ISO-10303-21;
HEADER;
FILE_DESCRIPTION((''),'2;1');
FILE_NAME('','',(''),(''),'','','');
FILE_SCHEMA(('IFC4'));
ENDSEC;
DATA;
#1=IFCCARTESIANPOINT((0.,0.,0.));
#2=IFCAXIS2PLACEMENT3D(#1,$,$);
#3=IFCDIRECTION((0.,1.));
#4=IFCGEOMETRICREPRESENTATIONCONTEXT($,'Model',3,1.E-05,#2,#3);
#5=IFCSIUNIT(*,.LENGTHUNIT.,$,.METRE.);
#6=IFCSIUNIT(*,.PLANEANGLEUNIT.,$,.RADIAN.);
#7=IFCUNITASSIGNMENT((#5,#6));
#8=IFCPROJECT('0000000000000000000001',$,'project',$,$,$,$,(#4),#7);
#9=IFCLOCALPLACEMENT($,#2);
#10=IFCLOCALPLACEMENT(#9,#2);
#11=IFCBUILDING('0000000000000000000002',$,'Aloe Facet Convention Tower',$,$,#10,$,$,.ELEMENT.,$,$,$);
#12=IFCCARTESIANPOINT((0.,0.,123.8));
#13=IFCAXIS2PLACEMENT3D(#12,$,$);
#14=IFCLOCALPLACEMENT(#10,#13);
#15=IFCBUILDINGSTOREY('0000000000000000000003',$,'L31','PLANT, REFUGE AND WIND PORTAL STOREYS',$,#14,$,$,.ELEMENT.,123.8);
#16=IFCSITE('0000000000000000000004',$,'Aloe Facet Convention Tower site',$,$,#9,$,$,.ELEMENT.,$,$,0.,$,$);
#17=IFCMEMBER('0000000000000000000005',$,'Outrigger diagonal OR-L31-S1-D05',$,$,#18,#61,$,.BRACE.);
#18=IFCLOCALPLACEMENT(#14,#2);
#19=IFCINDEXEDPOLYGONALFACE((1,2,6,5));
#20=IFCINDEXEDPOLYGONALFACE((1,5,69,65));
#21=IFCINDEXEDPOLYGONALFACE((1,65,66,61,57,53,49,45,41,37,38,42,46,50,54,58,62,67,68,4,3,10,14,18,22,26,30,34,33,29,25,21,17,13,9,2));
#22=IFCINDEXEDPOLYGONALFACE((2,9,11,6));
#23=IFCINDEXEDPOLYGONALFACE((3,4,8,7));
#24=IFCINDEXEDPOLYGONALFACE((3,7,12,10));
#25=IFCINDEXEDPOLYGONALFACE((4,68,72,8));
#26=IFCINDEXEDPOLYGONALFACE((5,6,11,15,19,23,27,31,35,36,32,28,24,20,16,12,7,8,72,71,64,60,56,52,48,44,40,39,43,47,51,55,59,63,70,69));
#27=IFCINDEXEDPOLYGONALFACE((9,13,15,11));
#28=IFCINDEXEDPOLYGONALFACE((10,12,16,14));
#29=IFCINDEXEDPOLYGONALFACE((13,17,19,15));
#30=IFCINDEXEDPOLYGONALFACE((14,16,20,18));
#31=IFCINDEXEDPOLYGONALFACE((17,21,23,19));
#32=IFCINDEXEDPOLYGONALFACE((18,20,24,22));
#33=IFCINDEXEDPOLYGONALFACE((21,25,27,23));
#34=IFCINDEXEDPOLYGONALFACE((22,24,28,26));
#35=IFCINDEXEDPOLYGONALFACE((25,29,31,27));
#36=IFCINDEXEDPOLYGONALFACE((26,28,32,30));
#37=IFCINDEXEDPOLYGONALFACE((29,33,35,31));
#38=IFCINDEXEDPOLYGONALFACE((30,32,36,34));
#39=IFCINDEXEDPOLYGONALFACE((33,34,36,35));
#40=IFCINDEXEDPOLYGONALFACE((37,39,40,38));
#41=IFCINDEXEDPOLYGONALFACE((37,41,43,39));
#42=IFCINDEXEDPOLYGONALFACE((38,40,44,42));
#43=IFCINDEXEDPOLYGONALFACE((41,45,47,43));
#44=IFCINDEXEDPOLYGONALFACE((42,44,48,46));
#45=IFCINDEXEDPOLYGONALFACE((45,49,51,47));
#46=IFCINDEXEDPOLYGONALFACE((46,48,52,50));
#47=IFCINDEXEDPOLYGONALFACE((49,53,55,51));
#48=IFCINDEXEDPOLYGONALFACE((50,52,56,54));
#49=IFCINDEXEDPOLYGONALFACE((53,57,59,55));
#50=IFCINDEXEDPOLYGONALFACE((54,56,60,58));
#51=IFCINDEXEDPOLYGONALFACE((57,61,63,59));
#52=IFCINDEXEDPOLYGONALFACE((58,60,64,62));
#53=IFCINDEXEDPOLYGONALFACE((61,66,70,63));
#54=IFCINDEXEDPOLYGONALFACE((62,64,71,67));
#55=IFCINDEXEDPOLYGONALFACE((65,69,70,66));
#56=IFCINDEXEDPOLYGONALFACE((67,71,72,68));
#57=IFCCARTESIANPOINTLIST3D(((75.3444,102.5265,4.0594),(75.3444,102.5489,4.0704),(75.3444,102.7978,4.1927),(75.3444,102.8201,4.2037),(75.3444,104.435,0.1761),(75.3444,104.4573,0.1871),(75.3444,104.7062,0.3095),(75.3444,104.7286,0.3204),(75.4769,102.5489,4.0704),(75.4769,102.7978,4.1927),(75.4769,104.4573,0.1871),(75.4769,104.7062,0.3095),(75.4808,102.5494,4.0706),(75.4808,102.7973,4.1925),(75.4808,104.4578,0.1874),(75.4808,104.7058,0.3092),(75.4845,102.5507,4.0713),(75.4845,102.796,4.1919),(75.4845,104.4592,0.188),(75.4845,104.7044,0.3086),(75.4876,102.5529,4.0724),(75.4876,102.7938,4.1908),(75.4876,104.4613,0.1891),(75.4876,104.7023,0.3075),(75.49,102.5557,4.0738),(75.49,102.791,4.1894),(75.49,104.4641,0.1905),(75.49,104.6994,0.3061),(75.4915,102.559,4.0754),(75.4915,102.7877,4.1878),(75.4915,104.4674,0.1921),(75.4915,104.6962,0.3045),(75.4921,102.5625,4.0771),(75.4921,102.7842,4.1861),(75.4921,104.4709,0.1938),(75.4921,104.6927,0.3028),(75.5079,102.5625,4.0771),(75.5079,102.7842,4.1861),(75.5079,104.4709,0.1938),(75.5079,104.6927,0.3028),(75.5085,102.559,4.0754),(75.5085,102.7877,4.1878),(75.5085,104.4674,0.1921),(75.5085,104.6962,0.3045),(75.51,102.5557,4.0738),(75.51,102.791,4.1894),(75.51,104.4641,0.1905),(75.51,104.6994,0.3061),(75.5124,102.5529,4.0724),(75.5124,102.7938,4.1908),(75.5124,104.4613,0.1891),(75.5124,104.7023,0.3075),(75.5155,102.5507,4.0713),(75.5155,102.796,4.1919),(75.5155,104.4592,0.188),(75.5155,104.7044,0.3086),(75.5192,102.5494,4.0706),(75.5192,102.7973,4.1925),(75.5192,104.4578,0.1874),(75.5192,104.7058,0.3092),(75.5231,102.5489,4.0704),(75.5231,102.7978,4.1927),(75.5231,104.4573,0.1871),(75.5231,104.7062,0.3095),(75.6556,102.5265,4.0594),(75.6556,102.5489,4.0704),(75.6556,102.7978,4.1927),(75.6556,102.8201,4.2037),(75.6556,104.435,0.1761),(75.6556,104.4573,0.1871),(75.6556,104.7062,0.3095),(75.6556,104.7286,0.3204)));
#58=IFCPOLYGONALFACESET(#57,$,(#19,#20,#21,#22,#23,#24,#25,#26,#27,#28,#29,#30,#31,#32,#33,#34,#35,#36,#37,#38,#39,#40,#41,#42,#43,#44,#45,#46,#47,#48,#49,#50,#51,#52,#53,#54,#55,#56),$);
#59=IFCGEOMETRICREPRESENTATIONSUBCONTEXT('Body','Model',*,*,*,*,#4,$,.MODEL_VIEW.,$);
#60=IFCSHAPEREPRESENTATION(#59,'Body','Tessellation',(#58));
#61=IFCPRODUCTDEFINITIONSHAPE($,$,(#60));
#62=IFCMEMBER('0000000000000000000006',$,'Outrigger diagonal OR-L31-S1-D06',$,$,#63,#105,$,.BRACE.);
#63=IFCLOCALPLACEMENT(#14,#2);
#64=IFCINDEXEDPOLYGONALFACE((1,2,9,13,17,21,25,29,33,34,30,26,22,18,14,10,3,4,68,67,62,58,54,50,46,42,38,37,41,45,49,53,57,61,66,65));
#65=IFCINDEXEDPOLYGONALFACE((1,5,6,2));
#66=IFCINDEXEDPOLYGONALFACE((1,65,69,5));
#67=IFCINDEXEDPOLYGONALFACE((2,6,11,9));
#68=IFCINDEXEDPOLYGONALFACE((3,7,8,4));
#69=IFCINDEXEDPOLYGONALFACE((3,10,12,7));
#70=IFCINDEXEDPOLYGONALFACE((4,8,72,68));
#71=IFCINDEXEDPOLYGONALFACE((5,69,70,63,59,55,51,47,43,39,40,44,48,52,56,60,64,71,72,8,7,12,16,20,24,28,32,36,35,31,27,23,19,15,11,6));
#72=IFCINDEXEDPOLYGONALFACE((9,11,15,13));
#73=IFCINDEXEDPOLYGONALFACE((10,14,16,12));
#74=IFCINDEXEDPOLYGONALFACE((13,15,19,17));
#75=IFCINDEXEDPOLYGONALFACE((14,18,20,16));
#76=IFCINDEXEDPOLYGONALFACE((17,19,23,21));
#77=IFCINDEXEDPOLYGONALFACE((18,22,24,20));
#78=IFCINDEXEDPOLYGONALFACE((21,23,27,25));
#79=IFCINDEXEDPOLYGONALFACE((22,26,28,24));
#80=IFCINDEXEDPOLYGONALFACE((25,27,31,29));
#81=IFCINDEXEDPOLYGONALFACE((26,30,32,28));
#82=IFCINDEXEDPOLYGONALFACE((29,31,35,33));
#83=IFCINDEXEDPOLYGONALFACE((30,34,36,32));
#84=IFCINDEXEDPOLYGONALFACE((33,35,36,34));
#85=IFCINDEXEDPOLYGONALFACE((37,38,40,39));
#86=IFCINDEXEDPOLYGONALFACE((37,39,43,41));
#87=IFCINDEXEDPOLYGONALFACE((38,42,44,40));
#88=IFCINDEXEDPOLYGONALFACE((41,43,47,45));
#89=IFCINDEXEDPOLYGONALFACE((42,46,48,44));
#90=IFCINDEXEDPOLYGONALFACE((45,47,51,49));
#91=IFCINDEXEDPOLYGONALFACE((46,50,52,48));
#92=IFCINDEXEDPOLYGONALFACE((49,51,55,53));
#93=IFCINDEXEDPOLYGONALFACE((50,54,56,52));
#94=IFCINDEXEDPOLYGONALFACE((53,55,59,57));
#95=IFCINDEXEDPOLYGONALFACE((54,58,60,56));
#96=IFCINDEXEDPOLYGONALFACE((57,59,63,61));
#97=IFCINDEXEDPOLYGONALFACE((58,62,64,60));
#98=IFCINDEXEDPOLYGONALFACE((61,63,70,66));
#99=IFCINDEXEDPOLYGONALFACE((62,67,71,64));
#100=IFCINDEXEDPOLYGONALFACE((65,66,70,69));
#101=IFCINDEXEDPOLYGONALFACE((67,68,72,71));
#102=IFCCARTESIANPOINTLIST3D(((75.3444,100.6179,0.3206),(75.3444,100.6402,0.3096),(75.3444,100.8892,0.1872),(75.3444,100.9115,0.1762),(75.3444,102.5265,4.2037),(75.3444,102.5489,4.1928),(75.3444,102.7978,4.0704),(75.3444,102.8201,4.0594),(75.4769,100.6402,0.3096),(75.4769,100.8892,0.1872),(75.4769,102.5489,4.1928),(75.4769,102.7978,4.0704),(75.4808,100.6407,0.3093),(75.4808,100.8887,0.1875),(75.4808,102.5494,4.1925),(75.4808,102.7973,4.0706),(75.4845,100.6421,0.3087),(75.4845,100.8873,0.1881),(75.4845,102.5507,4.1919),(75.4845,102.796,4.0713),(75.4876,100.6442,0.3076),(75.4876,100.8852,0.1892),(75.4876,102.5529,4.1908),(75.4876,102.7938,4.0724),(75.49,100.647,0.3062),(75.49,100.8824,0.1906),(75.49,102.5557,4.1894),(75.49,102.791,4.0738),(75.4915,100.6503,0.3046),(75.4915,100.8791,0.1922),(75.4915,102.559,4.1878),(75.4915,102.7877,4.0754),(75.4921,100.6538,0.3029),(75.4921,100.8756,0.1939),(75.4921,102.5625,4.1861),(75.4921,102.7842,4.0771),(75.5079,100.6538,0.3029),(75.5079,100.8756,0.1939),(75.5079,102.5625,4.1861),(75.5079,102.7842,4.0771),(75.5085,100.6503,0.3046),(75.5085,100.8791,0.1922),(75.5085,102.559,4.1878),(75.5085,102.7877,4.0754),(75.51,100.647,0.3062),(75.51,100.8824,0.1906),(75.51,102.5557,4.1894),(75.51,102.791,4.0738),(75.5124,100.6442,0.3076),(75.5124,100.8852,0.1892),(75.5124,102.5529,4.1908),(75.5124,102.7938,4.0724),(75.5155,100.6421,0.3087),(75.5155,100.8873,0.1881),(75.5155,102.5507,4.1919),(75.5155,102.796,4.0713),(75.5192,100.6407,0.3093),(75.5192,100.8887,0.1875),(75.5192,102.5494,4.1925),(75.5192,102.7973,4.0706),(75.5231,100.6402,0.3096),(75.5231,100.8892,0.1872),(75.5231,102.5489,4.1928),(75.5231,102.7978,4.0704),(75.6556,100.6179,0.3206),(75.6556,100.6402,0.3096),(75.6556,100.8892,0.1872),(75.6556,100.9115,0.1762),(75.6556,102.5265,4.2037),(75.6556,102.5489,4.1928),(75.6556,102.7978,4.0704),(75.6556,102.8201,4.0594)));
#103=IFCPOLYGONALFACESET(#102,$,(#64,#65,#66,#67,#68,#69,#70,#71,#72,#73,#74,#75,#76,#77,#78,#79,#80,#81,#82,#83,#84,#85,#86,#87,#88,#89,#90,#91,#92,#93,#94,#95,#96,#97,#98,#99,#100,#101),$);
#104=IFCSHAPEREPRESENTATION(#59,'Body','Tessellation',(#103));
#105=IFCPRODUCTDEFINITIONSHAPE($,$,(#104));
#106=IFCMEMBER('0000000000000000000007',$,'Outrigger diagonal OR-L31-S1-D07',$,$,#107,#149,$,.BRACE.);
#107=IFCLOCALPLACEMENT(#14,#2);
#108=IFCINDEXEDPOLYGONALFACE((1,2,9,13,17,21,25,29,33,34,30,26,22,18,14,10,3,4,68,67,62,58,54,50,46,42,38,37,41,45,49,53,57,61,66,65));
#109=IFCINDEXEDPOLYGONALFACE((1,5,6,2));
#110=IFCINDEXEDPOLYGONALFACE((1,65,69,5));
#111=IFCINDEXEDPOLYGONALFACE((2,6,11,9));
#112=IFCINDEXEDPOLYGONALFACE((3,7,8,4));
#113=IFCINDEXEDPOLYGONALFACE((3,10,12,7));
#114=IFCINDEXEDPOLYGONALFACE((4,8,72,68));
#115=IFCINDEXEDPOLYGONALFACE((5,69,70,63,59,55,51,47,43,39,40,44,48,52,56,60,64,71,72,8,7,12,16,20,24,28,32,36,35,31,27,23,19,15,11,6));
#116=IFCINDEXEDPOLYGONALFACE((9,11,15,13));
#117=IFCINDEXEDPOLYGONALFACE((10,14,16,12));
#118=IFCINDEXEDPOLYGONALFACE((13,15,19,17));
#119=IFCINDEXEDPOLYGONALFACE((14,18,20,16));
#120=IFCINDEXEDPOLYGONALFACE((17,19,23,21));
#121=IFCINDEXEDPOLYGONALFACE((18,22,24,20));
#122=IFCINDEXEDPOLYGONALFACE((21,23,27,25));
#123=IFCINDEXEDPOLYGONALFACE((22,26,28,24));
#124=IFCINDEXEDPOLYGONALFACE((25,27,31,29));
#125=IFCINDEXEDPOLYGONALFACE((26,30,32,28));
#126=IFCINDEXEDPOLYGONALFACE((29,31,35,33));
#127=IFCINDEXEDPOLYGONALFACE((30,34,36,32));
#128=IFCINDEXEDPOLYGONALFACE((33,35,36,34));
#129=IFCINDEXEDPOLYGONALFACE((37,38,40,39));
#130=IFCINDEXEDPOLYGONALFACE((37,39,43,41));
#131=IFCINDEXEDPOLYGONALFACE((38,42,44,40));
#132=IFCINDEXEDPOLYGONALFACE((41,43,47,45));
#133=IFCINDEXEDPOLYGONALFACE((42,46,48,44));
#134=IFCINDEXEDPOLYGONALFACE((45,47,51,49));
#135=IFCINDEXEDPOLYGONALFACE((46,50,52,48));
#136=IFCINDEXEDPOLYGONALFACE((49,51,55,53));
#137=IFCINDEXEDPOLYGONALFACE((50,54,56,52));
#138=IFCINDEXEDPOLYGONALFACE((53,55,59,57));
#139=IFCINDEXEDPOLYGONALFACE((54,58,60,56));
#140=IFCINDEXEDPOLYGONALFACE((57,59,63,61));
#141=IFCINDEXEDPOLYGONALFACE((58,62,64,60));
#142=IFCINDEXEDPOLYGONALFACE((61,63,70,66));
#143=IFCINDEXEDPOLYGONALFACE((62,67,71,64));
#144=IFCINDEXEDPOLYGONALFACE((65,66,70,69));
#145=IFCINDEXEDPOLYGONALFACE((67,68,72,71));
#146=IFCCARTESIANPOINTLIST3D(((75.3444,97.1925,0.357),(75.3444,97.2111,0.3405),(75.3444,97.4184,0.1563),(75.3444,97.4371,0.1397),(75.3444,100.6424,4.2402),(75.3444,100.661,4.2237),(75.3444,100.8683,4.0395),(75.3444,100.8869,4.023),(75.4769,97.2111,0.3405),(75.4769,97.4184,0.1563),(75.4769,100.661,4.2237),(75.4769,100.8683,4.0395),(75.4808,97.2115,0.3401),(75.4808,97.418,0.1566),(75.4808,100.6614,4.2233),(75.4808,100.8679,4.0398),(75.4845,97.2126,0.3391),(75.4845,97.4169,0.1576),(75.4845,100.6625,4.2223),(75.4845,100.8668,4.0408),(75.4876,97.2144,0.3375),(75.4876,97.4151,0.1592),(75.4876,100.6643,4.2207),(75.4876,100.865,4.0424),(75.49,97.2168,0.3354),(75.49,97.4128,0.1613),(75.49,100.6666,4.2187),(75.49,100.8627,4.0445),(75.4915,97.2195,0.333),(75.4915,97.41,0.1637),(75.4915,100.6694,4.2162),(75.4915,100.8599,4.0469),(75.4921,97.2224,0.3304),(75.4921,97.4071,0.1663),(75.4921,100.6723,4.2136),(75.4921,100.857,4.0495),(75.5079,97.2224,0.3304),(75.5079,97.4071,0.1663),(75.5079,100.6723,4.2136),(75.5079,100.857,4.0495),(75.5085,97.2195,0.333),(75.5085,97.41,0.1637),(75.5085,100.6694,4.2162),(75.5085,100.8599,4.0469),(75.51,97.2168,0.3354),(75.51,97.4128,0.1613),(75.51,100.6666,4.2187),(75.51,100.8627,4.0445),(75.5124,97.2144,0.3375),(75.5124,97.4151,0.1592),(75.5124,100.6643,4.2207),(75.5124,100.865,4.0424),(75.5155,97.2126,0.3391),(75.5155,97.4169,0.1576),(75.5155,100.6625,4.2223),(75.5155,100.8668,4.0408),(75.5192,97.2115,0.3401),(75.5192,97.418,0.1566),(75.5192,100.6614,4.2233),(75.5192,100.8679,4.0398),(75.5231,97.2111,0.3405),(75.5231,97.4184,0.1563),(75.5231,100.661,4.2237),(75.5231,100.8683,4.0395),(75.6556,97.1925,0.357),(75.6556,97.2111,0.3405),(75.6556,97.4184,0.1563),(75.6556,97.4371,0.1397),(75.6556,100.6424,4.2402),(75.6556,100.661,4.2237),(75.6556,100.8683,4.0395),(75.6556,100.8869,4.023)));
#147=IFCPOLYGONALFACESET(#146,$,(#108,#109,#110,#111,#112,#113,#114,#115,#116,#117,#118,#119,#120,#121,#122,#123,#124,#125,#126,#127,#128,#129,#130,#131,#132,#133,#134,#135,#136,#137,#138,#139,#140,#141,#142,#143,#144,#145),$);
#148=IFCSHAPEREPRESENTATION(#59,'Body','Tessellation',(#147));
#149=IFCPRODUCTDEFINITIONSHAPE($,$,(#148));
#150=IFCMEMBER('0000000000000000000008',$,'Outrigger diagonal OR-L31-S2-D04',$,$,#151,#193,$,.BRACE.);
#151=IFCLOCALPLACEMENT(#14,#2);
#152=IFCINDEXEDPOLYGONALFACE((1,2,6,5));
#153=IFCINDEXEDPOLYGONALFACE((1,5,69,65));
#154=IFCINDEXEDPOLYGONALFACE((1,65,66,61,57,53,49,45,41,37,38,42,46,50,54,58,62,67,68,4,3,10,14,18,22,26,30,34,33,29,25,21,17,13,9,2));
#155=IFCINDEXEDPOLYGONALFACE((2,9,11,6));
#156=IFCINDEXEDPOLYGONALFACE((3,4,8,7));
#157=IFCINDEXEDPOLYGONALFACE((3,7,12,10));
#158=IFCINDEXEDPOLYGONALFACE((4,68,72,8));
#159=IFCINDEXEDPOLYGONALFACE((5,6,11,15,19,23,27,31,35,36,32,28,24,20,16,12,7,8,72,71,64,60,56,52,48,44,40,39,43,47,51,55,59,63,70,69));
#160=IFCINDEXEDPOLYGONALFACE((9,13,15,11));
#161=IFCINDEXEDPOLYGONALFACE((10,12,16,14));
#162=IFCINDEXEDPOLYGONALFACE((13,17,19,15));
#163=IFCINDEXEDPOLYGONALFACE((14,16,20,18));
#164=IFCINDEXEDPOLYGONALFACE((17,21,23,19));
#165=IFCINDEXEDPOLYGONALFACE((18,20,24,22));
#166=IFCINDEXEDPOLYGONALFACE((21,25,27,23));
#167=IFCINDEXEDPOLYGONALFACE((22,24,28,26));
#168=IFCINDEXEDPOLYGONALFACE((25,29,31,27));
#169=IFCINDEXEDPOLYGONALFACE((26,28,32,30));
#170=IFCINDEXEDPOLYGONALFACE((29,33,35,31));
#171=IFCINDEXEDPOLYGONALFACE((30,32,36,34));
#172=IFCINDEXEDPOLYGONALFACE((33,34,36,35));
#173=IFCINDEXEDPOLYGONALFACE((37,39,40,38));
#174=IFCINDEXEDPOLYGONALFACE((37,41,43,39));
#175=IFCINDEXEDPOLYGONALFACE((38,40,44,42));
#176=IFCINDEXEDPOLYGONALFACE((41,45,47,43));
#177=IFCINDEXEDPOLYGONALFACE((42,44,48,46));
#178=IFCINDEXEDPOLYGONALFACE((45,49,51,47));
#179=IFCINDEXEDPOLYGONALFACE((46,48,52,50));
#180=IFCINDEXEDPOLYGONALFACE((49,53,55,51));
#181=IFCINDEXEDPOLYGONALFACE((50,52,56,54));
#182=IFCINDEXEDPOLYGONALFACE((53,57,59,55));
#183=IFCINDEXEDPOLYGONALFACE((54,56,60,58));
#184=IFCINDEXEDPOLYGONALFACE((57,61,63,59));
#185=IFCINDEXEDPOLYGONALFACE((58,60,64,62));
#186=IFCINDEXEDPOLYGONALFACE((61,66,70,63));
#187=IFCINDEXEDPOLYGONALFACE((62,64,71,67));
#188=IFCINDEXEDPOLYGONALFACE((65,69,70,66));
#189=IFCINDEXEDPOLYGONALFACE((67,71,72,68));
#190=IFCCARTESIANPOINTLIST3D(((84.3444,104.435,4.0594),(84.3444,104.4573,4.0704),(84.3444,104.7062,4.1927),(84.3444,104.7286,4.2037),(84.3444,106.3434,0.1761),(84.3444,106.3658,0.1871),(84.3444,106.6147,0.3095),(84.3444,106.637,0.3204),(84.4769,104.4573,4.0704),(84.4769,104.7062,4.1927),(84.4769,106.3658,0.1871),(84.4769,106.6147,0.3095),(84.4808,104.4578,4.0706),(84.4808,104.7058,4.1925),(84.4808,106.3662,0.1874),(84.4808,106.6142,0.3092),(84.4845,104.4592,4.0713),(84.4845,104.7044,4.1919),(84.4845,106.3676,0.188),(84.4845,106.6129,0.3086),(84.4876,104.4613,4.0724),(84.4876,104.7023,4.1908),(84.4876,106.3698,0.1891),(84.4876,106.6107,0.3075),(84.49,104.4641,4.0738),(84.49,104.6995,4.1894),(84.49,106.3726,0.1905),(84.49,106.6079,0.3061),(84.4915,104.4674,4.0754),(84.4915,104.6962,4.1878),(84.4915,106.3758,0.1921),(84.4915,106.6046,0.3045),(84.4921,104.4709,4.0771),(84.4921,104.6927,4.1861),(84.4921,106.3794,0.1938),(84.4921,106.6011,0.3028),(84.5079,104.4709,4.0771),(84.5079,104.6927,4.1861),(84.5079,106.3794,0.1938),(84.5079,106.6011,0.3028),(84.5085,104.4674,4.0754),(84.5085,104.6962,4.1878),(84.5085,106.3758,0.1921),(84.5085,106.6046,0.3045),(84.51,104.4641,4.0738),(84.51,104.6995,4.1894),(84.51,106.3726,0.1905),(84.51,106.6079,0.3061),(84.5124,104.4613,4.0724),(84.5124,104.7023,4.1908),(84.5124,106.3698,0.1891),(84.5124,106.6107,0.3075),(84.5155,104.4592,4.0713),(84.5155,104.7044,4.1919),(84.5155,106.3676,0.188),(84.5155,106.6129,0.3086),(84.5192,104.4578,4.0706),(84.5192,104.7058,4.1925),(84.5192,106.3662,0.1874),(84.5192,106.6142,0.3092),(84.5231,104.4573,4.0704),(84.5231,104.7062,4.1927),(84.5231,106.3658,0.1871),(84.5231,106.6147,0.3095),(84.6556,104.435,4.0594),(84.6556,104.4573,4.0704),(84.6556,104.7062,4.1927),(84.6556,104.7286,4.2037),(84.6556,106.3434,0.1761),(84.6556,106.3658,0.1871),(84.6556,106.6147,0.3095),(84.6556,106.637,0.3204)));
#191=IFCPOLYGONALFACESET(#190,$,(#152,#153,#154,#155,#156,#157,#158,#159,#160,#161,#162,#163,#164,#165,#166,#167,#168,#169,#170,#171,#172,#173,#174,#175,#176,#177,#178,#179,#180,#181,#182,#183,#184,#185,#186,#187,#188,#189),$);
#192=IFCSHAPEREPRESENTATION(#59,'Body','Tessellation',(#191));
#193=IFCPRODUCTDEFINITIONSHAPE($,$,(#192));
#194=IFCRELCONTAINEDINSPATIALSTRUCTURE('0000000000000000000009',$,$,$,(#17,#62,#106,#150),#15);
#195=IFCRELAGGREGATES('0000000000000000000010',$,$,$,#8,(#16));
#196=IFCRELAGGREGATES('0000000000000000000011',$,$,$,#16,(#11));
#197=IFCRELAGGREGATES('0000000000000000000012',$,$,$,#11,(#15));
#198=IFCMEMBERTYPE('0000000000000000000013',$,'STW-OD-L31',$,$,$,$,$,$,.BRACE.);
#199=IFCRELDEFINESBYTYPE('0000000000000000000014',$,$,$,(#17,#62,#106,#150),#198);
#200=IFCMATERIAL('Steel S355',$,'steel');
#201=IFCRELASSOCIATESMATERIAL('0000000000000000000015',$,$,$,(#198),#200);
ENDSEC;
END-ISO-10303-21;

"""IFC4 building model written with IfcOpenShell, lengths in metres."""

from ifc_helpers import new_model, si_unit, direction, frame, origin, origin_2d, place, context, subcontext, project, spatial, i_section, extrude, material, material_profile, profile_set, type_object, element, save


model = new_model("IFC4")

# Units and contexts
model_context = context("Model", 3, precision=1e-05, world=origin(), true_north=direction((0.0, 1.0)))
body_context = subcontext(model_context, "Body", "Model", "MODEL_VIEW")
ifc_project = project(units=[si_unit("LENGTHUNIT", "METRE"), si_unit("PLANEANGLEUNIT", "RADIAN")], contexts=[model_context])

# Site, building, storey
site_placement = place(None, origin())
site = spatial("IfcSite", under=ifc_project, at=site_placement, Name="Aloe Facet Convention Tower site", CompositionType="ELEMENT", RefElevation=0.0)
building_placement = place(site_placement, origin())
building = spatial("IfcBuilding", under=site, at=building_placement, Name="Aloe Facet Convention Tower", CompositionType="ELEMENT")
storey_placement = place(building_placement, frame((0.0, 0.0, 123.8)))
storey = spatial("IfcBuildingStorey", under=building, at=storey_placement, Name="L31", Description="PLANT, REFUGE AND WIND PORTAL STOREYS", CompositionType="ELEMENT", Elevation=123.8)

# Members
ifc_material_1 = material(Name="Steel S355", Category="steel")
ifc_material_profile_1 = material_profile(ifc_material_1, i_section(OverallWidth=0.3113, OverallDepth=0.3271, WebThickness=0.0159, FlangeThickness=0.0249, FilletRadius=0.0151, at=origin_2d()), Name="UC 305x305x158")
ifc_profile_set_1 = profile_set([ifc_material_profile_1], Name="Steel S355")
member_type_1 = type_object("IfcMemberType", Name="STW-OD-L31", PredefinedType="BRACE", material=ifc_profile_set_1)
for number, where, z_axis, x_axis, name in (
    (1, (75.5, 104.5818, 0.2483), (0.0, -0.441064, 0.897476), (1.0, 0.0, 0.0), "Outrigger diagonal OR-L31-S1-D05"),
    (2, (75.5, 102.6733, 4.1316), (0.0, -0.44111, -0.897453), (1.0, 0.0, 0.0), "Outrigger diagonal OR-L31-S1-D06"),
):
    element("IfcMember", number, at=place(storey_placement, frame(where, z_axis=z_axis, x_axis=x_axis)), inside=storey, type_object=member_type_1, Name=name, PredefinedType="BRACE", context=body_context, shape_type="SweptSolid", body=[
        extrude(i_section(OverallWidth=0.3113, OverallDepth=0.3271, WebThickness=0.0159, FlangeThickness=0.0249, FilletRadius=0.0151, at=origin_2d()), origin(), (0.0, 0.0, 1.0), 4.3269),
    ])
member_1_placement = place(storey_placement, frame((75.5, 100.7646, 4.1316), z_axis=(0.0, -0.664163, -0.747588), x_axis=(1.0, 0.0, 0.0)))
element("IfcMember", 3, at=member_1_placement, inside=storey, type_object=member_type_1, Name="Outrigger diagonal OR-L31-S1-D07", PredefinedType="BRACE", context=body_context, shape_type="SweptSolid", body=[
    extrude(i_section(OverallWidth=0.3113, OverallDepth=0.3271, WebThickness=0.0159, FlangeThickness=0.0249, FilletRadius=0.0151, at=origin_2d()), origin(), (0.0, 0.0, 1.0), 5.1943),
])
for number, where, z_axis, x_axis, name in (
    (4, (84.5, 106.4902, 0.2483), (0.0, -0.441064, 0.897476), (1.0, 0.0, 0.0), "Outrigger diagonal OR-L31-S2-D04"),
):
    element("IfcMember", number, at=place(storey_placement, frame(where, z_axis=z_axis, x_axis=x_axis)), inside=storey, type_object=member_type_1, Name=name, PredefinedType="BRACE", context=body_context, shape_type="SweptSolid", body=[
        extrude(i_section(OverallWidth=0.3113, OverallDepth=0.3271, WebThickness=0.0159, FlangeThickness=0.0249, FilletRadius=0.0151, at=origin_2d()), origin(), (0.0, 0.0, 1.0), 4.3269),
    ])

save(model, "model.ifc")
